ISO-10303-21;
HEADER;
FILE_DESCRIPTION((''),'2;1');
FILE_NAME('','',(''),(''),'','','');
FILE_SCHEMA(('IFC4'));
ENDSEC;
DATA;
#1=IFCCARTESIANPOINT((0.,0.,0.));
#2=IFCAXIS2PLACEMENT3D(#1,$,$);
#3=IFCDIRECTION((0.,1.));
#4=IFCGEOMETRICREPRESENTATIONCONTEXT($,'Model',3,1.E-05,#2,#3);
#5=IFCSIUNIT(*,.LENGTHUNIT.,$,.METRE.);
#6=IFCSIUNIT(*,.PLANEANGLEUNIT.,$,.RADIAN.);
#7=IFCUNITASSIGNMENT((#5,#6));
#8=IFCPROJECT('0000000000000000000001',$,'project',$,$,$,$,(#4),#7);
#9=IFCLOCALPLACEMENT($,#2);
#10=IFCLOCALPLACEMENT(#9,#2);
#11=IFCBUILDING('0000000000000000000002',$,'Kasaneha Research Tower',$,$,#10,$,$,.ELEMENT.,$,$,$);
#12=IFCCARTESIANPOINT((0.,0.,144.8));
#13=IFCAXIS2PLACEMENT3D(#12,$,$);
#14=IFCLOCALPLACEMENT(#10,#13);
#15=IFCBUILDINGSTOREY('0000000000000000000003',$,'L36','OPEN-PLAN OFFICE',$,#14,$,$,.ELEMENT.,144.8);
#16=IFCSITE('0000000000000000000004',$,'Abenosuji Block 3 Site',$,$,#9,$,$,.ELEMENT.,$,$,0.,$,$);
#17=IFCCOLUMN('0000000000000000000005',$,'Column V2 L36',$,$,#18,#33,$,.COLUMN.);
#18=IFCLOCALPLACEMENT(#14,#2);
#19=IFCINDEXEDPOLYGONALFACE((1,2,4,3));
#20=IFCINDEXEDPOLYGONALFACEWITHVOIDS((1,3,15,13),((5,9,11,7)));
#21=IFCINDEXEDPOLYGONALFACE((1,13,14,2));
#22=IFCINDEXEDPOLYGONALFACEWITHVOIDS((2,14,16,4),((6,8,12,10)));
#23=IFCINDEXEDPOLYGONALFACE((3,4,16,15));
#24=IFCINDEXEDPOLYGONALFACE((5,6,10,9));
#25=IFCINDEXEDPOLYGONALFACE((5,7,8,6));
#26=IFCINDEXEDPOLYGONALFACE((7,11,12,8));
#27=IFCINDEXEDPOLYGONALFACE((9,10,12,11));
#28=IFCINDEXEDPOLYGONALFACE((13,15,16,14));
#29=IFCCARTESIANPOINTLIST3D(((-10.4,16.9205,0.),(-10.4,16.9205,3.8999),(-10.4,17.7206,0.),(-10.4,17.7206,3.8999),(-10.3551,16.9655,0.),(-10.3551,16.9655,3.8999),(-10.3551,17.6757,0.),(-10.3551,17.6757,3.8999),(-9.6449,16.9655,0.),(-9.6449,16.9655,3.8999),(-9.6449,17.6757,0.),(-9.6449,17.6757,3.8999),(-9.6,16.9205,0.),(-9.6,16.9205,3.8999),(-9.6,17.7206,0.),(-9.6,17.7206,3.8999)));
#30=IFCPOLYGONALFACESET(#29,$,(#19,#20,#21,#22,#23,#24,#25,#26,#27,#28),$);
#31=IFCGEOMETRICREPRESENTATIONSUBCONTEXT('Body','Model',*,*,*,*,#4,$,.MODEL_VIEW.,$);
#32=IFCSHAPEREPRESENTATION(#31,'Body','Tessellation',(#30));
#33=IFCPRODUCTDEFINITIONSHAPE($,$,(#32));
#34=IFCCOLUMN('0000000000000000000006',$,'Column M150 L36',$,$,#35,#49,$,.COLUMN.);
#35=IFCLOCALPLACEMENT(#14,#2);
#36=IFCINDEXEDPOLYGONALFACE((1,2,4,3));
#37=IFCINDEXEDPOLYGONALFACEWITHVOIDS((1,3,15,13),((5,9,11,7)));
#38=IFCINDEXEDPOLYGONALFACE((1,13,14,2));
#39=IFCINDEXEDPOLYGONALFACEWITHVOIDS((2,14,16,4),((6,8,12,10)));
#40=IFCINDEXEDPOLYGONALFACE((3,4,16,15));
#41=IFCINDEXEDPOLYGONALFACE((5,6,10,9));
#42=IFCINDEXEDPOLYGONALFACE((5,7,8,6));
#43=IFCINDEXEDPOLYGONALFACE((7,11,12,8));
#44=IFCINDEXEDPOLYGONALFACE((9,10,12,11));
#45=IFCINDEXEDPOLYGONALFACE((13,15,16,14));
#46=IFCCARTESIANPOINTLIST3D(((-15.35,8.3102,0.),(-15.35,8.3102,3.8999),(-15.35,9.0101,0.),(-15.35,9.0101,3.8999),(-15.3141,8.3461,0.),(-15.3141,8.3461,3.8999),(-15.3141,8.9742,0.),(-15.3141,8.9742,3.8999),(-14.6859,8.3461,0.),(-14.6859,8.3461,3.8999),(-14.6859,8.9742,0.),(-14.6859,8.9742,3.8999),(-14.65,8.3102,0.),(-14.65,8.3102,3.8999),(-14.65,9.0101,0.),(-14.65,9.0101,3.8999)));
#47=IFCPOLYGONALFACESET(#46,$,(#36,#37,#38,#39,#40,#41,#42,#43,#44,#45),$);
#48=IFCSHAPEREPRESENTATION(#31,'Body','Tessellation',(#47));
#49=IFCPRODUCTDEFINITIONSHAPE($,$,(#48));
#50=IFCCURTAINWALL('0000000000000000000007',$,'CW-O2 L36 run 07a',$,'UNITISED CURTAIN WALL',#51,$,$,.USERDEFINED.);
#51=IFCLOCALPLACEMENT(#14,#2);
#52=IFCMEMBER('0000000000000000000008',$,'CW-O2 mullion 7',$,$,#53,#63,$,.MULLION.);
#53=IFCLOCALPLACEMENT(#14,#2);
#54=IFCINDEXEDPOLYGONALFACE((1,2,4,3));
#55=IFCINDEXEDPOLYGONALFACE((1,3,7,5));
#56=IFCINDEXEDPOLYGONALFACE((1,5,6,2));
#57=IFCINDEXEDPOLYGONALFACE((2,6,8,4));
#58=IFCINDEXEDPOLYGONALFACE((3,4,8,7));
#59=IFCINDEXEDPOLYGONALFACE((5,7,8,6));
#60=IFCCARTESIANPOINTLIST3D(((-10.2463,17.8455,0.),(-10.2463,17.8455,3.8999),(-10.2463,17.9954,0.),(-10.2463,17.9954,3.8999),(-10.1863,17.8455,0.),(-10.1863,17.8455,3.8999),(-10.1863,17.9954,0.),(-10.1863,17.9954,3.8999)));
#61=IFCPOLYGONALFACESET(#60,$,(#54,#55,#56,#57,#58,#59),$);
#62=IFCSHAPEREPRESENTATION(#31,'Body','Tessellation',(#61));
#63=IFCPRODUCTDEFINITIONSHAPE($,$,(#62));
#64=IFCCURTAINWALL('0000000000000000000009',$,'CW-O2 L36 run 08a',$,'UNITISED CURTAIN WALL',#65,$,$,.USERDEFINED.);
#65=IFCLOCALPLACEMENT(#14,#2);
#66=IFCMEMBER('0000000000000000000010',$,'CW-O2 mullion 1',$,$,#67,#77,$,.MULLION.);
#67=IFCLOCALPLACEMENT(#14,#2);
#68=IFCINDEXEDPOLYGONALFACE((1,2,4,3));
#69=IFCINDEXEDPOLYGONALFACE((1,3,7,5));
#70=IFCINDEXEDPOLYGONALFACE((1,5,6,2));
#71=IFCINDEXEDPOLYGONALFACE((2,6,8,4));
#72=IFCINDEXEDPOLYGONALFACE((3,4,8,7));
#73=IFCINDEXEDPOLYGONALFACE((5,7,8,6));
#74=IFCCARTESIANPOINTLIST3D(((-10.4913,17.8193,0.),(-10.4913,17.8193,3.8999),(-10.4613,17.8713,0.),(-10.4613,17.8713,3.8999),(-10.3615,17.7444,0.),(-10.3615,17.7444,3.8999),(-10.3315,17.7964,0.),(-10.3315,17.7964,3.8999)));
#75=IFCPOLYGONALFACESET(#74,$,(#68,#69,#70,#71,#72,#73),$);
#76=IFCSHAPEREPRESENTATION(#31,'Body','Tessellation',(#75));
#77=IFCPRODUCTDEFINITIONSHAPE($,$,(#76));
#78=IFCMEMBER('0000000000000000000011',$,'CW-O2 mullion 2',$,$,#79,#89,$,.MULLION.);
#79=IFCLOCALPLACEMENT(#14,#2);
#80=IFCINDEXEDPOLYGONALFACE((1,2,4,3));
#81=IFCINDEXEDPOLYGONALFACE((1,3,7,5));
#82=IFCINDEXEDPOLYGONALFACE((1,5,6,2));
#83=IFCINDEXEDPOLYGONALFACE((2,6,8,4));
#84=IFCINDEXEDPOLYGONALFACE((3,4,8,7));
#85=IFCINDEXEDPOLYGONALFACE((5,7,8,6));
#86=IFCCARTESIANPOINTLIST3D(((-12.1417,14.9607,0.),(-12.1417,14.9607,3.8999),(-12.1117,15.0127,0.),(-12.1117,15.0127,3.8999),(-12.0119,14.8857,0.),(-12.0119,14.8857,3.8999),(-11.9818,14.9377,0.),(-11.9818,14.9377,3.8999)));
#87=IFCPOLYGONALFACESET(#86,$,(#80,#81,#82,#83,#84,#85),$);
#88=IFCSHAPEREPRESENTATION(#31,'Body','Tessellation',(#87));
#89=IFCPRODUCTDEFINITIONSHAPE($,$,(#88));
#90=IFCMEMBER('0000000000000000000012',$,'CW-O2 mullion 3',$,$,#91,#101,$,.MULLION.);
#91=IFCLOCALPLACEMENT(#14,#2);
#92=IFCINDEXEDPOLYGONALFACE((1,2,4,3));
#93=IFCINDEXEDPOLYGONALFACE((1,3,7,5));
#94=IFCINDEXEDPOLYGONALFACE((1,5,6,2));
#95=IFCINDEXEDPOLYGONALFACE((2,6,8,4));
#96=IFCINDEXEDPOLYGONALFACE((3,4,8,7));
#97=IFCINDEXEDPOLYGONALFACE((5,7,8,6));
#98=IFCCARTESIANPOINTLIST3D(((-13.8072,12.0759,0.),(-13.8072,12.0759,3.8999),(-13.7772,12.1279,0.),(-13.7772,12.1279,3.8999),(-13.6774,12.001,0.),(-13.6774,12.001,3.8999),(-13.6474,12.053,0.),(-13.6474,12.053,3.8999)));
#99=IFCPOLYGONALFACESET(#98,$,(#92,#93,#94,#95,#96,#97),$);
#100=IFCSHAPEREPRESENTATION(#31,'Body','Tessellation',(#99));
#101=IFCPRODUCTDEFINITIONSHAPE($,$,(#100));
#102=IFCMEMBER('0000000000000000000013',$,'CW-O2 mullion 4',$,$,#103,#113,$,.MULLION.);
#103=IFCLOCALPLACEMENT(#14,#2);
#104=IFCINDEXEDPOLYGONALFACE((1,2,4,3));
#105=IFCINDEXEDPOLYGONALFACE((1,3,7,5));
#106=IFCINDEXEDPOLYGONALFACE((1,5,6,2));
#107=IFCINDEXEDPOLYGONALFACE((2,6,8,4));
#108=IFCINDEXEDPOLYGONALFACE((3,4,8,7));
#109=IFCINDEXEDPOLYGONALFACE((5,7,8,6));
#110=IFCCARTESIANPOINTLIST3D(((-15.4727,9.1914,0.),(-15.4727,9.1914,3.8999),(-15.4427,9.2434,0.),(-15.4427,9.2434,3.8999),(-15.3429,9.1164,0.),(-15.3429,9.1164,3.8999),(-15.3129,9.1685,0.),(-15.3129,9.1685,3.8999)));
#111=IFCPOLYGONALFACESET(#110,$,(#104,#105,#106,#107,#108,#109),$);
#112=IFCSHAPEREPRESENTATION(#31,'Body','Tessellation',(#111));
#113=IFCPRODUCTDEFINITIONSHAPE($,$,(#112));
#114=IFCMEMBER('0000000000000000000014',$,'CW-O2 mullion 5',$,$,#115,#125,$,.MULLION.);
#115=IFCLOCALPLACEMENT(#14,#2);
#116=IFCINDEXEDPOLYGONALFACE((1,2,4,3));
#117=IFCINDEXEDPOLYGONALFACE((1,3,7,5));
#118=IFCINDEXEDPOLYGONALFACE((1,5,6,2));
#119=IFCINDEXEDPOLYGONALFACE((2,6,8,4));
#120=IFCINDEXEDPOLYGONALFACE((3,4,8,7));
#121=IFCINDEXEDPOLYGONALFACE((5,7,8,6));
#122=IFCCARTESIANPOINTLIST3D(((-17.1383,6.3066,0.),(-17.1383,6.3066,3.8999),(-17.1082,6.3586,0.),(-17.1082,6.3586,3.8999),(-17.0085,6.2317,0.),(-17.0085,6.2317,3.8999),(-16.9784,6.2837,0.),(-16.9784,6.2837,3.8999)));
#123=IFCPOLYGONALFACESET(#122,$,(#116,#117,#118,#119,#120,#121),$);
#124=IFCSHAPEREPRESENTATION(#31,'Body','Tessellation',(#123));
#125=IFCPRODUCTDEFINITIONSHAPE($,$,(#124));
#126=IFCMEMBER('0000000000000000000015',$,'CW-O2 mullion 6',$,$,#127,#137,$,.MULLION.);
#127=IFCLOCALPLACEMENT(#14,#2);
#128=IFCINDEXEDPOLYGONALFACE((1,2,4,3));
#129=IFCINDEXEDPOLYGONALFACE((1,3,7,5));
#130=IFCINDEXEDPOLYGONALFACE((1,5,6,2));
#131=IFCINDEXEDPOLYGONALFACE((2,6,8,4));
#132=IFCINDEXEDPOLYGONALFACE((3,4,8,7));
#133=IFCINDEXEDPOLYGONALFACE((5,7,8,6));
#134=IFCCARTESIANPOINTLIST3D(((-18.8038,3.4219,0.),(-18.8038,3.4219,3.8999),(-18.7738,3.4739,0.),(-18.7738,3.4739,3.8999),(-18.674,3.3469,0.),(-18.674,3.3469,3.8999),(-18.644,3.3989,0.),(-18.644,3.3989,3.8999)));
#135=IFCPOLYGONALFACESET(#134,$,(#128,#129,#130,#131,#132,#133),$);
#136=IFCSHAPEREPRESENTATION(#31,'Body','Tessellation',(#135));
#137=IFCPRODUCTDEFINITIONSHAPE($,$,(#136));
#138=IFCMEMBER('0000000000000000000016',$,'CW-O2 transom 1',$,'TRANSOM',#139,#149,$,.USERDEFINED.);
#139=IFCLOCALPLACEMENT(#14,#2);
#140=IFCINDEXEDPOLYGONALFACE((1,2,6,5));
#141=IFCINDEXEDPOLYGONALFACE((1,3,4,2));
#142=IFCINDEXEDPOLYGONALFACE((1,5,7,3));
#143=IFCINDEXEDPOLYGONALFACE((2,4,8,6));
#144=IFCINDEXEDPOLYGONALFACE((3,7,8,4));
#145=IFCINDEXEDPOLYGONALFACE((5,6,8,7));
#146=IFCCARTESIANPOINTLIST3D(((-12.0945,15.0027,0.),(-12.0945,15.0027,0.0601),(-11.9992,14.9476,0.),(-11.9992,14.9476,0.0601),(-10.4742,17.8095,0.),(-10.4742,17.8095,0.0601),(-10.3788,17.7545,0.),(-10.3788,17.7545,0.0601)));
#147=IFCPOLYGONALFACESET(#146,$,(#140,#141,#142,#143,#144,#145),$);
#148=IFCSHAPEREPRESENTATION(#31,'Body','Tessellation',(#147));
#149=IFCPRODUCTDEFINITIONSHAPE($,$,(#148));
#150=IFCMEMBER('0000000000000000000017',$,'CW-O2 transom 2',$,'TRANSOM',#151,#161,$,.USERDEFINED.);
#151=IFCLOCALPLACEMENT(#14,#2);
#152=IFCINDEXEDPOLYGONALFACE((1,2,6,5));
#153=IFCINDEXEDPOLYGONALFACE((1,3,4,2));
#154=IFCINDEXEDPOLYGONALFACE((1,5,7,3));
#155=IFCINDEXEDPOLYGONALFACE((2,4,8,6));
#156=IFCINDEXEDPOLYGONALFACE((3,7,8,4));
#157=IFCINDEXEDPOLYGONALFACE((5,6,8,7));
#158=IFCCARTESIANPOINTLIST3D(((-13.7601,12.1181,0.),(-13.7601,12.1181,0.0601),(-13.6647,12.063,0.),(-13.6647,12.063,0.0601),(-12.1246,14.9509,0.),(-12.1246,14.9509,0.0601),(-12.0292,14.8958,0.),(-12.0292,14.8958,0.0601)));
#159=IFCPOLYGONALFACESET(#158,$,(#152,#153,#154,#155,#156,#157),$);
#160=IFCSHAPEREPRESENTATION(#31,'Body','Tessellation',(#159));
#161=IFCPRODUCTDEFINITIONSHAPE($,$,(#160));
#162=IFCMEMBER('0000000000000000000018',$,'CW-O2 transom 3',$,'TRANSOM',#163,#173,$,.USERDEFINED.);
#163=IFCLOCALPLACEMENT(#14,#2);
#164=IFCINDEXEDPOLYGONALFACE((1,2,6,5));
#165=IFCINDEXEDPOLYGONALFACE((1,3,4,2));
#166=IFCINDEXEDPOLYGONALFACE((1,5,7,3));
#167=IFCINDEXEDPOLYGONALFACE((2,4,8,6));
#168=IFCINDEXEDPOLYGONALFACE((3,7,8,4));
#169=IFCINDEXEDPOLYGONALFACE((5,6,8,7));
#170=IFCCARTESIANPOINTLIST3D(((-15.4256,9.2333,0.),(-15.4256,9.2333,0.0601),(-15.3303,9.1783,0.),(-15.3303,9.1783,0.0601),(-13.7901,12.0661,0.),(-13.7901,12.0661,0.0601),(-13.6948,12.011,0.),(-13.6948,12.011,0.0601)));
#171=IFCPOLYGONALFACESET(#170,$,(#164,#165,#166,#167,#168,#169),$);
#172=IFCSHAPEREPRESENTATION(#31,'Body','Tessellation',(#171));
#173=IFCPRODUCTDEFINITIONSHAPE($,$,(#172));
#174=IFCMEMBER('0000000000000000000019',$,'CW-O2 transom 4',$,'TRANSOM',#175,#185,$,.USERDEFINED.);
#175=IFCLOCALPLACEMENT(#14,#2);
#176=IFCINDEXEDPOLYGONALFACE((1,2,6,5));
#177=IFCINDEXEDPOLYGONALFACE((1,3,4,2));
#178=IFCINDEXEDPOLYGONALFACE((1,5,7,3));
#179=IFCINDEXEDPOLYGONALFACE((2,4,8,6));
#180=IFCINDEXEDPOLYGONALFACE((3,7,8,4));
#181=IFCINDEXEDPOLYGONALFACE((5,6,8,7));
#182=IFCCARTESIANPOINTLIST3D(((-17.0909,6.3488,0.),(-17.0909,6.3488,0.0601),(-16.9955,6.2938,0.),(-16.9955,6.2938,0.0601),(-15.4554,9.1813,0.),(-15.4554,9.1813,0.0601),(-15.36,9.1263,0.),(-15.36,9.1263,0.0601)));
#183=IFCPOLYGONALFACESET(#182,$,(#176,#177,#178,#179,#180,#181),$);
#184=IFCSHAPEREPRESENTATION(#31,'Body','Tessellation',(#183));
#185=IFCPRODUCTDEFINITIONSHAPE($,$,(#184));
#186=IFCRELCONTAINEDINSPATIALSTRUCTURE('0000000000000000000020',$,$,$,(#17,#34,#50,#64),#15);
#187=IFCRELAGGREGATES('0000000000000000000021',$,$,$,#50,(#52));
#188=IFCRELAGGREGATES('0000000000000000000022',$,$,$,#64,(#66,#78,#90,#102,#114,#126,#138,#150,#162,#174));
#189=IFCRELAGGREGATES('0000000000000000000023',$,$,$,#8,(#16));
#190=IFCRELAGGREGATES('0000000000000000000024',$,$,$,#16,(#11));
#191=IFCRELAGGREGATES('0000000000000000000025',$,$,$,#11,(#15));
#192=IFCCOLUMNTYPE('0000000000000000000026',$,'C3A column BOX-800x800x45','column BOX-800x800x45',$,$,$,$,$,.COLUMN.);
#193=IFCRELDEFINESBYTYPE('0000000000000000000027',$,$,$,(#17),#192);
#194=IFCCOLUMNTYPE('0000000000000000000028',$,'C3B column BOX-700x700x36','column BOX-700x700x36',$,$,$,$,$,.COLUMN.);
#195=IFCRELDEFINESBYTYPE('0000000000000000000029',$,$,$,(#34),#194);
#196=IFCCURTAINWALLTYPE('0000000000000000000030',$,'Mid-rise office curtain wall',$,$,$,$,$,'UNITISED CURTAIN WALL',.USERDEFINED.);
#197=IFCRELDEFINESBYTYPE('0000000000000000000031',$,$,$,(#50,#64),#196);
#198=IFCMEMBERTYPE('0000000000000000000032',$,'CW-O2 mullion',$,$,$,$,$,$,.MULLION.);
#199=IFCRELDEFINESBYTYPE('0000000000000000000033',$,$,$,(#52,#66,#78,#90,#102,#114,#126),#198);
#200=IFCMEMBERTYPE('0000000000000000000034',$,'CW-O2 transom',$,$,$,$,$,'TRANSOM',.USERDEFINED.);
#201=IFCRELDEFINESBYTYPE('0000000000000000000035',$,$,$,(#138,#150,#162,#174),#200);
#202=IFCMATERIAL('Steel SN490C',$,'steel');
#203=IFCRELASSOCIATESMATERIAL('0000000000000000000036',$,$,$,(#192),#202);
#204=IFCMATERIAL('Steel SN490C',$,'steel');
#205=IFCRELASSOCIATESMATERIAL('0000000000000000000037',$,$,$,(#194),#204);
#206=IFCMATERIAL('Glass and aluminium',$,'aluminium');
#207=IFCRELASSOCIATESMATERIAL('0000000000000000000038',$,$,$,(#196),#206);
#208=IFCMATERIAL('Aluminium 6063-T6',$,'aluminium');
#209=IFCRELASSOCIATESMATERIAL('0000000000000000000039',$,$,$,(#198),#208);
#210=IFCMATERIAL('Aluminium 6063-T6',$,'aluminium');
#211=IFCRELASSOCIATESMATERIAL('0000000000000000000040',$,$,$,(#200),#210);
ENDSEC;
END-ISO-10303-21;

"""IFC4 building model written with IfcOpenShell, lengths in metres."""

from ifc_helpers import new_model, si_unit, direction, frame, origin, origin_2d, place, context, subcontext, project, spatial, rectangle, hollow_rectangle, extrude, material, material_profile, profile_set, type_object, element, aggregate, save


model = new_model("IFC4")

# Units and contexts
model_context = context("Model", 3, precision=1e-05, world=origin(), true_north=direction((0.0, 1.0)))
body_context = subcontext(model_context, "Body", "Model", "MODEL_VIEW")
ifc_project = project(units=[si_unit("LENGTHUNIT", "METRE"), si_unit("PLANEANGLEUNIT", "RADIAN")], contexts=[model_context])

# Site, building, storey
site_placement = place(None, origin())
site = spatial("IfcSite", under=ifc_project, at=site_placement, Name="Abenosuji Block 3 Site", CompositionType="ELEMENT", RefElevation=0.0)
building_placement = place(site_placement, origin())
building = spatial("IfcBuilding", under=site, at=building_placement, Name="Kasaneha Research Tower", CompositionType="ELEMENT")
storey_placement = place(building_placement, frame((0.0, 0.0, 144.8)))
storey = spatial("IfcBuildingStorey", under=building, at=storey_placement, Name="L36", Description="OPEN-PLAN OFFICE", CompositionType="ELEMENT", Elevation=144.8)

# Columns
ifc_material_1 = material(Name="Steel SN490C", Category="steel")
ifc_material_profile_1 = material_profile(ifc_material_1, hollow_rectangle(XDim=0.8, YDim=0.8, WallThickness=0.0449, at=origin_2d()), Name="BOX-800x800x45")
ifc_profile_set_1 = profile_set([ifc_material_profile_1], Name="Steel SN490C")
column_type_1 = type_object("IfcColumnType", Name="C3A column BOX-800x800x45", Description="column BOX-800x800x45", PredefinedType="COLUMN", material=ifc_profile_set_1)
column_1_placement = place(storey_placement, frame((-10.0, 17.3206, 0.0), z_axis=(0.0, 0.0, 1.0), x_axis=(1.0, 0.0, 0.0)))
element("IfcColumn", 1, at=column_1_placement, inside=storey, type_object=column_type_1, Name="Column V2 L36", PredefinedType="COLUMN", context=body_context, shape_type="SweptSolid", body=[
    extrude(hollow_rectangle(XDim=0.8, YDim=0.8, WallThickness=0.0449, at=origin_2d()), origin(), (0.0, 0.0, 1.0), 3.8999),
])
ifc_material_2 = material(Name="Steel SN490C", Category="steel")
ifc_material_profile_2 = material_profile(ifc_material_2, hollow_rectangle(XDim=0.7, YDim=0.7, WallThickness=0.0359, at=origin_2d()), Name="BOX-700x700x36")
ifc_profile_set_2 = profile_set([ifc_material_profile_2], Name="Steel SN490C")
column_type_2 = type_object("IfcColumnType", Name="C3B column BOX-700x700x36", Description="column BOX-700x700x36", PredefinedType="COLUMN", material=ifc_profile_set_2)
column_2_placement = place(storey_placement, frame((-15.0, 8.6602, 0.0), z_axis=(0.0, 0.0, 1.0), x_axis=(1.0, 0.0, 0.0)))
element("IfcColumn", 2, at=column_2_placement, inside=storey, type_object=column_type_2, Name="Column M150 L36", PredefinedType="COLUMN", context=body_context, shape_type="SweptSolid", body=[
    extrude(hollow_rectangle(XDim=0.7, YDim=0.7, WallThickness=0.0359, at=origin_2d()), origin(), (0.0, 0.0, 1.0), 3.8999),
])

# Curtain wall, member
ifc_material_3 = material(Name="Glass and aluminium", Category="aluminium")
curtain_wall_type = type_object("IfcCurtainWallType", Name="Mid-rise office curtain wall", ElementType="UNITISED CURTAIN WALL", PredefinedType="USERDEFINED", material=ifc_material_3)
curtain_wall_1_placement = place(storey_placement, origin())
curtain_wall_1 = element("IfcCurtainWall", 3, at=curtain_wall_1_placement, inside=storey, type_object=curtain_wall_type, Name="CW-O2 L36 run 07a", ObjectType="UNITISED CURTAIN WALL", PredefinedType="USERDEFINED")
ifc_material_4 = material(Name="Aluminium 6063-T6", Category="aluminium")
ifc_material_profile_3 = material_profile(ifc_material_4, rectangle(XDim=0.0601, YDim=0.1499, at=origin_2d()), Name="CW-O2 mullion 60x150")
ifc_profile_set_3 = profile_set([ifc_material_profile_3], Name="Aluminium 6063-T6")
member_type_1 = type_object("IfcMemberType", Name="CW-O2 mullion", PredefinedType="MULLION", material=ifc_profile_set_3)
member_1_placement = place(storey_placement, frame((-10.2163, 17.9204, 0.0), z_axis=(0.0, 0.0, 1.0), x_axis=(-1.0, 0.0, 0.0)))
member_1 = element("IfcMember", 4, at=member_1_placement, type_object=member_type_1, Name="CW-O2 mullion 7", PredefinedType="MULLION", context=body_context, shape_type="SweptSolid", body=[
    extrude(rectangle(XDim=0.0601, YDim=0.1499, at=origin_2d()), origin(), (0.0, 0.0, 1.0), 3.8999),
])
aggregate(curtain_wall_1, [member_1])

# Curtain wall, members
curtain_wall_2_placement = place(storey_placement, origin())
curtain_wall_2 = element("IfcCurtainWall", 5, at=curtain_wall_2_placement, inside=storey, type_object=curtain_wall_type, Name="CW-O2 L36 run 08a", ObjectType="UNITISED CURTAIN WALL", PredefinedType="USERDEFINED")
member_2_placement = place(storey_placement, frame((-10.4114, 17.8079, 0.0), z_axis=(0.0, 0.0, 1.0), x_axis=(-0.5, -0.866025, 0.0)))
member_2 = element("IfcMember", 6, at=member_2_placement, type_object=member_type_1, Name="CW-O2 mullion 1", PredefinedType="MULLION", context=body_context, shape_type="SweptSolid", body=[
    extrude(rectangle(XDim=0.0601, YDim=0.1499, at=origin_2d()), origin(), (0.0, 0.0, 1.0), 3.8999),
])
member_3_placement = place(storey_placement, frame((-12.0618, 14.9492, 0.0), z_axis=(0.0, 0.0, 1.0), x_axis=(-0.5, -0.866025, 0.0)))
member_3 = element("IfcMember", 7, at=member_3_placement, type_object=member_type_1, Name="CW-O2 mullion 2", PredefinedType="MULLION", context=body_context, shape_type="SweptSolid", body=[
    extrude(rectangle(XDim=0.0601, YDim=0.1499, at=origin_2d()), origin(), (0.0, 0.0, 1.0), 3.8999),
])
member_4_placement = place(storey_placement, frame((-13.7273, 12.0645, 0.0), z_axis=(0.0, 0.0, 1.0), x_axis=(-0.5, -0.866025, 0.0)))
member_4 = element("IfcMember", 8, at=member_4_placement, type_object=member_type_1, Name="CW-O2 mullion 3", PredefinedType="MULLION", context=body_context, shape_type="SweptSolid", body=[
    extrude(rectangle(XDim=0.0601, YDim=0.1499, at=origin_2d()), origin(), (0.0, 0.0, 1.0), 3.8999),
])
member_5_placement = place(storey_placement, frame((-15.3928, 9.1799, 0.0), z_axis=(0.0, 0.0, 1.0), x_axis=(-0.5, -0.866025, 0.0)))
member_5 = element("IfcMember", 9, at=member_5_placement, type_object=member_type_1, Name="CW-O2 mullion 4", PredefinedType="MULLION", context=body_context, shape_type="SweptSolid", body=[
    extrude(rectangle(XDim=0.0601, YDim=0.1499, at=origin_2d()), origin(), (0.0, 0.0, 1.0), 3.8999),
])
member_6_placement = place(storey_placement, frame((-17.0583, 6.2952, 0.0), z_axis=(0.0, 0.0, 1.0), x_axis=(-0.5, -0.866025, 0.0)))
member_6 = element("IfcMember", 10, at=member_6_placement, type_object=member_type_1, Name="CW-O2 mullion 5", PredefinedType="MULLION", context=body_context, shape_type="SweptSolid", body=[
    extrude(rectangle(XDim=0.0601, YDim=0.1499, at=origin_2d()), origin(), (0.0, 0.0, 1.0), 3.8999),
])
member_7_placement = place(storey_placement, frame((-18.7239, 3.4104, 0.0), z_axis=(0.0, 0.0, 1.0), x_axis=(-0.5, -0.866025, 0.0)))
member_7 = element("IfcMember", 11, at=member_7_placement, type_object=member_type_1, Name="CW-O2 mullion 6", PredefinedType="MULLION", context=body_context, shape_type="SweptSolid", body=[
    extrude(rectangle(XDim=0.0601, YDim=0.1499, at=origin_2d()), origin(), (0.0, 0.0, 1.0), 3.8999),
])
ifc_material_5 = material(Name="Aluminium 6063-T6", Category="aluminium")
ifc_material_profile_4 = material_profile(ifc_material_5, rectangle(XDim=0.1101, YDim=0.0601, at=origin_2d()), Name="CW-O2 transom 110x60")
ifc_profile_set_4 = profile_set([ifc_material_profile_4], Name="Aluminium 6063-T6")
member_type_2 = type_object("IfcMemberType", Name="CW-O2 transom", ElementType="TRANSOM", PredefinedType="USERDEFINED", material=ifc_profile_set_4)
member_8_placement = place(storey_placement, frame((-10.4265, 17.782, 0.03), z_axis=(-0.499955, -0.866051, 0.0), x_axis=(0.866051, -0.499955, 0.0)))
member_8 = element("IfcMember", 12, at=member_8_placement, type_object=member_type_2, Name="CW-O2 transom 1", ObjectType="TRANSOM", PredefinedType="USERDEFINED", context=body_context, shape_type="SweptSolid", body=[
    extrude(rectangle(XDim=0.1101, YDim=0.0601, at=origin_2d()), origin(), (0.0, 0.0, 1.0), 3.241),
])
member_9_placement = place(storey_placement, frame((-12.0769, 14.9233, 0.03), z_axis=(-0.5, -0.866025, 0.0), x_axis=(0.866025, -0.5, 0.0)))
member_9 = element("IfcMember", 13, at=member_9_placement, type_object=member_type_2, Name="CW-O2 transom 2", ObjectType="TRANSOM", PredefinedType="USERDEFINED", context=body_context, shape_type="SweptSolid", body=[
    extrude(rectangle(XDim=0.1101, YDim=0.0601, at=origin_2d()), origin(), (0.0, 0.0, 1.0), 3.271),
])
member_10_placement = place(storey_placement, frame((-13.7424, 12.0386, 0.03), z_axis=(-0.5, -0.866025, 0.0), x_axis=(0.866025, -0.5, 0.0)))
member_10 = element("IfcMember", 14, at=member_10_placement, type_object=member_type_2, Name="CW-O2 transom 3", ObjectType="TRANSOM", PredefinedType="USERDEFINED", context=body_context, shape_type="SweptSolid", body=[
    extrude(rectangle(XDim=0.1101, YDim=0.0601, at=origin_2d()), origin(), (0.0, 0.0, 1.0), 3.271),
])
member_11_placement = place(storey_placement, frame((-15.4077, 9.1538, 0.03), z_axis=(-0.500033, -0.866007, 0.0), x_axis=(0.866007, -0.500033, 0.0)))
member_11 = element("IfcMember", 15, at=member_11_placement, type_object=member_type_2, Name="CW-O2 transom 4", ObjectType="TRANSOM", PredefinedType="USERDEFINED", context=body_context, shape_type="SweptSolid", body=[
    extrude(rectangle(XDim=0.1101, YDim=0.0601, at=origin_2d()), origin(), (0.0, 0.0, 1.0), 3.2708),
])
aggregate(curtain_wall_2, [member_2, member_3, member_4, member_5, member_6, member_7, member_8, member_9, member_10, member_11])

save(model, "model.ifc")
